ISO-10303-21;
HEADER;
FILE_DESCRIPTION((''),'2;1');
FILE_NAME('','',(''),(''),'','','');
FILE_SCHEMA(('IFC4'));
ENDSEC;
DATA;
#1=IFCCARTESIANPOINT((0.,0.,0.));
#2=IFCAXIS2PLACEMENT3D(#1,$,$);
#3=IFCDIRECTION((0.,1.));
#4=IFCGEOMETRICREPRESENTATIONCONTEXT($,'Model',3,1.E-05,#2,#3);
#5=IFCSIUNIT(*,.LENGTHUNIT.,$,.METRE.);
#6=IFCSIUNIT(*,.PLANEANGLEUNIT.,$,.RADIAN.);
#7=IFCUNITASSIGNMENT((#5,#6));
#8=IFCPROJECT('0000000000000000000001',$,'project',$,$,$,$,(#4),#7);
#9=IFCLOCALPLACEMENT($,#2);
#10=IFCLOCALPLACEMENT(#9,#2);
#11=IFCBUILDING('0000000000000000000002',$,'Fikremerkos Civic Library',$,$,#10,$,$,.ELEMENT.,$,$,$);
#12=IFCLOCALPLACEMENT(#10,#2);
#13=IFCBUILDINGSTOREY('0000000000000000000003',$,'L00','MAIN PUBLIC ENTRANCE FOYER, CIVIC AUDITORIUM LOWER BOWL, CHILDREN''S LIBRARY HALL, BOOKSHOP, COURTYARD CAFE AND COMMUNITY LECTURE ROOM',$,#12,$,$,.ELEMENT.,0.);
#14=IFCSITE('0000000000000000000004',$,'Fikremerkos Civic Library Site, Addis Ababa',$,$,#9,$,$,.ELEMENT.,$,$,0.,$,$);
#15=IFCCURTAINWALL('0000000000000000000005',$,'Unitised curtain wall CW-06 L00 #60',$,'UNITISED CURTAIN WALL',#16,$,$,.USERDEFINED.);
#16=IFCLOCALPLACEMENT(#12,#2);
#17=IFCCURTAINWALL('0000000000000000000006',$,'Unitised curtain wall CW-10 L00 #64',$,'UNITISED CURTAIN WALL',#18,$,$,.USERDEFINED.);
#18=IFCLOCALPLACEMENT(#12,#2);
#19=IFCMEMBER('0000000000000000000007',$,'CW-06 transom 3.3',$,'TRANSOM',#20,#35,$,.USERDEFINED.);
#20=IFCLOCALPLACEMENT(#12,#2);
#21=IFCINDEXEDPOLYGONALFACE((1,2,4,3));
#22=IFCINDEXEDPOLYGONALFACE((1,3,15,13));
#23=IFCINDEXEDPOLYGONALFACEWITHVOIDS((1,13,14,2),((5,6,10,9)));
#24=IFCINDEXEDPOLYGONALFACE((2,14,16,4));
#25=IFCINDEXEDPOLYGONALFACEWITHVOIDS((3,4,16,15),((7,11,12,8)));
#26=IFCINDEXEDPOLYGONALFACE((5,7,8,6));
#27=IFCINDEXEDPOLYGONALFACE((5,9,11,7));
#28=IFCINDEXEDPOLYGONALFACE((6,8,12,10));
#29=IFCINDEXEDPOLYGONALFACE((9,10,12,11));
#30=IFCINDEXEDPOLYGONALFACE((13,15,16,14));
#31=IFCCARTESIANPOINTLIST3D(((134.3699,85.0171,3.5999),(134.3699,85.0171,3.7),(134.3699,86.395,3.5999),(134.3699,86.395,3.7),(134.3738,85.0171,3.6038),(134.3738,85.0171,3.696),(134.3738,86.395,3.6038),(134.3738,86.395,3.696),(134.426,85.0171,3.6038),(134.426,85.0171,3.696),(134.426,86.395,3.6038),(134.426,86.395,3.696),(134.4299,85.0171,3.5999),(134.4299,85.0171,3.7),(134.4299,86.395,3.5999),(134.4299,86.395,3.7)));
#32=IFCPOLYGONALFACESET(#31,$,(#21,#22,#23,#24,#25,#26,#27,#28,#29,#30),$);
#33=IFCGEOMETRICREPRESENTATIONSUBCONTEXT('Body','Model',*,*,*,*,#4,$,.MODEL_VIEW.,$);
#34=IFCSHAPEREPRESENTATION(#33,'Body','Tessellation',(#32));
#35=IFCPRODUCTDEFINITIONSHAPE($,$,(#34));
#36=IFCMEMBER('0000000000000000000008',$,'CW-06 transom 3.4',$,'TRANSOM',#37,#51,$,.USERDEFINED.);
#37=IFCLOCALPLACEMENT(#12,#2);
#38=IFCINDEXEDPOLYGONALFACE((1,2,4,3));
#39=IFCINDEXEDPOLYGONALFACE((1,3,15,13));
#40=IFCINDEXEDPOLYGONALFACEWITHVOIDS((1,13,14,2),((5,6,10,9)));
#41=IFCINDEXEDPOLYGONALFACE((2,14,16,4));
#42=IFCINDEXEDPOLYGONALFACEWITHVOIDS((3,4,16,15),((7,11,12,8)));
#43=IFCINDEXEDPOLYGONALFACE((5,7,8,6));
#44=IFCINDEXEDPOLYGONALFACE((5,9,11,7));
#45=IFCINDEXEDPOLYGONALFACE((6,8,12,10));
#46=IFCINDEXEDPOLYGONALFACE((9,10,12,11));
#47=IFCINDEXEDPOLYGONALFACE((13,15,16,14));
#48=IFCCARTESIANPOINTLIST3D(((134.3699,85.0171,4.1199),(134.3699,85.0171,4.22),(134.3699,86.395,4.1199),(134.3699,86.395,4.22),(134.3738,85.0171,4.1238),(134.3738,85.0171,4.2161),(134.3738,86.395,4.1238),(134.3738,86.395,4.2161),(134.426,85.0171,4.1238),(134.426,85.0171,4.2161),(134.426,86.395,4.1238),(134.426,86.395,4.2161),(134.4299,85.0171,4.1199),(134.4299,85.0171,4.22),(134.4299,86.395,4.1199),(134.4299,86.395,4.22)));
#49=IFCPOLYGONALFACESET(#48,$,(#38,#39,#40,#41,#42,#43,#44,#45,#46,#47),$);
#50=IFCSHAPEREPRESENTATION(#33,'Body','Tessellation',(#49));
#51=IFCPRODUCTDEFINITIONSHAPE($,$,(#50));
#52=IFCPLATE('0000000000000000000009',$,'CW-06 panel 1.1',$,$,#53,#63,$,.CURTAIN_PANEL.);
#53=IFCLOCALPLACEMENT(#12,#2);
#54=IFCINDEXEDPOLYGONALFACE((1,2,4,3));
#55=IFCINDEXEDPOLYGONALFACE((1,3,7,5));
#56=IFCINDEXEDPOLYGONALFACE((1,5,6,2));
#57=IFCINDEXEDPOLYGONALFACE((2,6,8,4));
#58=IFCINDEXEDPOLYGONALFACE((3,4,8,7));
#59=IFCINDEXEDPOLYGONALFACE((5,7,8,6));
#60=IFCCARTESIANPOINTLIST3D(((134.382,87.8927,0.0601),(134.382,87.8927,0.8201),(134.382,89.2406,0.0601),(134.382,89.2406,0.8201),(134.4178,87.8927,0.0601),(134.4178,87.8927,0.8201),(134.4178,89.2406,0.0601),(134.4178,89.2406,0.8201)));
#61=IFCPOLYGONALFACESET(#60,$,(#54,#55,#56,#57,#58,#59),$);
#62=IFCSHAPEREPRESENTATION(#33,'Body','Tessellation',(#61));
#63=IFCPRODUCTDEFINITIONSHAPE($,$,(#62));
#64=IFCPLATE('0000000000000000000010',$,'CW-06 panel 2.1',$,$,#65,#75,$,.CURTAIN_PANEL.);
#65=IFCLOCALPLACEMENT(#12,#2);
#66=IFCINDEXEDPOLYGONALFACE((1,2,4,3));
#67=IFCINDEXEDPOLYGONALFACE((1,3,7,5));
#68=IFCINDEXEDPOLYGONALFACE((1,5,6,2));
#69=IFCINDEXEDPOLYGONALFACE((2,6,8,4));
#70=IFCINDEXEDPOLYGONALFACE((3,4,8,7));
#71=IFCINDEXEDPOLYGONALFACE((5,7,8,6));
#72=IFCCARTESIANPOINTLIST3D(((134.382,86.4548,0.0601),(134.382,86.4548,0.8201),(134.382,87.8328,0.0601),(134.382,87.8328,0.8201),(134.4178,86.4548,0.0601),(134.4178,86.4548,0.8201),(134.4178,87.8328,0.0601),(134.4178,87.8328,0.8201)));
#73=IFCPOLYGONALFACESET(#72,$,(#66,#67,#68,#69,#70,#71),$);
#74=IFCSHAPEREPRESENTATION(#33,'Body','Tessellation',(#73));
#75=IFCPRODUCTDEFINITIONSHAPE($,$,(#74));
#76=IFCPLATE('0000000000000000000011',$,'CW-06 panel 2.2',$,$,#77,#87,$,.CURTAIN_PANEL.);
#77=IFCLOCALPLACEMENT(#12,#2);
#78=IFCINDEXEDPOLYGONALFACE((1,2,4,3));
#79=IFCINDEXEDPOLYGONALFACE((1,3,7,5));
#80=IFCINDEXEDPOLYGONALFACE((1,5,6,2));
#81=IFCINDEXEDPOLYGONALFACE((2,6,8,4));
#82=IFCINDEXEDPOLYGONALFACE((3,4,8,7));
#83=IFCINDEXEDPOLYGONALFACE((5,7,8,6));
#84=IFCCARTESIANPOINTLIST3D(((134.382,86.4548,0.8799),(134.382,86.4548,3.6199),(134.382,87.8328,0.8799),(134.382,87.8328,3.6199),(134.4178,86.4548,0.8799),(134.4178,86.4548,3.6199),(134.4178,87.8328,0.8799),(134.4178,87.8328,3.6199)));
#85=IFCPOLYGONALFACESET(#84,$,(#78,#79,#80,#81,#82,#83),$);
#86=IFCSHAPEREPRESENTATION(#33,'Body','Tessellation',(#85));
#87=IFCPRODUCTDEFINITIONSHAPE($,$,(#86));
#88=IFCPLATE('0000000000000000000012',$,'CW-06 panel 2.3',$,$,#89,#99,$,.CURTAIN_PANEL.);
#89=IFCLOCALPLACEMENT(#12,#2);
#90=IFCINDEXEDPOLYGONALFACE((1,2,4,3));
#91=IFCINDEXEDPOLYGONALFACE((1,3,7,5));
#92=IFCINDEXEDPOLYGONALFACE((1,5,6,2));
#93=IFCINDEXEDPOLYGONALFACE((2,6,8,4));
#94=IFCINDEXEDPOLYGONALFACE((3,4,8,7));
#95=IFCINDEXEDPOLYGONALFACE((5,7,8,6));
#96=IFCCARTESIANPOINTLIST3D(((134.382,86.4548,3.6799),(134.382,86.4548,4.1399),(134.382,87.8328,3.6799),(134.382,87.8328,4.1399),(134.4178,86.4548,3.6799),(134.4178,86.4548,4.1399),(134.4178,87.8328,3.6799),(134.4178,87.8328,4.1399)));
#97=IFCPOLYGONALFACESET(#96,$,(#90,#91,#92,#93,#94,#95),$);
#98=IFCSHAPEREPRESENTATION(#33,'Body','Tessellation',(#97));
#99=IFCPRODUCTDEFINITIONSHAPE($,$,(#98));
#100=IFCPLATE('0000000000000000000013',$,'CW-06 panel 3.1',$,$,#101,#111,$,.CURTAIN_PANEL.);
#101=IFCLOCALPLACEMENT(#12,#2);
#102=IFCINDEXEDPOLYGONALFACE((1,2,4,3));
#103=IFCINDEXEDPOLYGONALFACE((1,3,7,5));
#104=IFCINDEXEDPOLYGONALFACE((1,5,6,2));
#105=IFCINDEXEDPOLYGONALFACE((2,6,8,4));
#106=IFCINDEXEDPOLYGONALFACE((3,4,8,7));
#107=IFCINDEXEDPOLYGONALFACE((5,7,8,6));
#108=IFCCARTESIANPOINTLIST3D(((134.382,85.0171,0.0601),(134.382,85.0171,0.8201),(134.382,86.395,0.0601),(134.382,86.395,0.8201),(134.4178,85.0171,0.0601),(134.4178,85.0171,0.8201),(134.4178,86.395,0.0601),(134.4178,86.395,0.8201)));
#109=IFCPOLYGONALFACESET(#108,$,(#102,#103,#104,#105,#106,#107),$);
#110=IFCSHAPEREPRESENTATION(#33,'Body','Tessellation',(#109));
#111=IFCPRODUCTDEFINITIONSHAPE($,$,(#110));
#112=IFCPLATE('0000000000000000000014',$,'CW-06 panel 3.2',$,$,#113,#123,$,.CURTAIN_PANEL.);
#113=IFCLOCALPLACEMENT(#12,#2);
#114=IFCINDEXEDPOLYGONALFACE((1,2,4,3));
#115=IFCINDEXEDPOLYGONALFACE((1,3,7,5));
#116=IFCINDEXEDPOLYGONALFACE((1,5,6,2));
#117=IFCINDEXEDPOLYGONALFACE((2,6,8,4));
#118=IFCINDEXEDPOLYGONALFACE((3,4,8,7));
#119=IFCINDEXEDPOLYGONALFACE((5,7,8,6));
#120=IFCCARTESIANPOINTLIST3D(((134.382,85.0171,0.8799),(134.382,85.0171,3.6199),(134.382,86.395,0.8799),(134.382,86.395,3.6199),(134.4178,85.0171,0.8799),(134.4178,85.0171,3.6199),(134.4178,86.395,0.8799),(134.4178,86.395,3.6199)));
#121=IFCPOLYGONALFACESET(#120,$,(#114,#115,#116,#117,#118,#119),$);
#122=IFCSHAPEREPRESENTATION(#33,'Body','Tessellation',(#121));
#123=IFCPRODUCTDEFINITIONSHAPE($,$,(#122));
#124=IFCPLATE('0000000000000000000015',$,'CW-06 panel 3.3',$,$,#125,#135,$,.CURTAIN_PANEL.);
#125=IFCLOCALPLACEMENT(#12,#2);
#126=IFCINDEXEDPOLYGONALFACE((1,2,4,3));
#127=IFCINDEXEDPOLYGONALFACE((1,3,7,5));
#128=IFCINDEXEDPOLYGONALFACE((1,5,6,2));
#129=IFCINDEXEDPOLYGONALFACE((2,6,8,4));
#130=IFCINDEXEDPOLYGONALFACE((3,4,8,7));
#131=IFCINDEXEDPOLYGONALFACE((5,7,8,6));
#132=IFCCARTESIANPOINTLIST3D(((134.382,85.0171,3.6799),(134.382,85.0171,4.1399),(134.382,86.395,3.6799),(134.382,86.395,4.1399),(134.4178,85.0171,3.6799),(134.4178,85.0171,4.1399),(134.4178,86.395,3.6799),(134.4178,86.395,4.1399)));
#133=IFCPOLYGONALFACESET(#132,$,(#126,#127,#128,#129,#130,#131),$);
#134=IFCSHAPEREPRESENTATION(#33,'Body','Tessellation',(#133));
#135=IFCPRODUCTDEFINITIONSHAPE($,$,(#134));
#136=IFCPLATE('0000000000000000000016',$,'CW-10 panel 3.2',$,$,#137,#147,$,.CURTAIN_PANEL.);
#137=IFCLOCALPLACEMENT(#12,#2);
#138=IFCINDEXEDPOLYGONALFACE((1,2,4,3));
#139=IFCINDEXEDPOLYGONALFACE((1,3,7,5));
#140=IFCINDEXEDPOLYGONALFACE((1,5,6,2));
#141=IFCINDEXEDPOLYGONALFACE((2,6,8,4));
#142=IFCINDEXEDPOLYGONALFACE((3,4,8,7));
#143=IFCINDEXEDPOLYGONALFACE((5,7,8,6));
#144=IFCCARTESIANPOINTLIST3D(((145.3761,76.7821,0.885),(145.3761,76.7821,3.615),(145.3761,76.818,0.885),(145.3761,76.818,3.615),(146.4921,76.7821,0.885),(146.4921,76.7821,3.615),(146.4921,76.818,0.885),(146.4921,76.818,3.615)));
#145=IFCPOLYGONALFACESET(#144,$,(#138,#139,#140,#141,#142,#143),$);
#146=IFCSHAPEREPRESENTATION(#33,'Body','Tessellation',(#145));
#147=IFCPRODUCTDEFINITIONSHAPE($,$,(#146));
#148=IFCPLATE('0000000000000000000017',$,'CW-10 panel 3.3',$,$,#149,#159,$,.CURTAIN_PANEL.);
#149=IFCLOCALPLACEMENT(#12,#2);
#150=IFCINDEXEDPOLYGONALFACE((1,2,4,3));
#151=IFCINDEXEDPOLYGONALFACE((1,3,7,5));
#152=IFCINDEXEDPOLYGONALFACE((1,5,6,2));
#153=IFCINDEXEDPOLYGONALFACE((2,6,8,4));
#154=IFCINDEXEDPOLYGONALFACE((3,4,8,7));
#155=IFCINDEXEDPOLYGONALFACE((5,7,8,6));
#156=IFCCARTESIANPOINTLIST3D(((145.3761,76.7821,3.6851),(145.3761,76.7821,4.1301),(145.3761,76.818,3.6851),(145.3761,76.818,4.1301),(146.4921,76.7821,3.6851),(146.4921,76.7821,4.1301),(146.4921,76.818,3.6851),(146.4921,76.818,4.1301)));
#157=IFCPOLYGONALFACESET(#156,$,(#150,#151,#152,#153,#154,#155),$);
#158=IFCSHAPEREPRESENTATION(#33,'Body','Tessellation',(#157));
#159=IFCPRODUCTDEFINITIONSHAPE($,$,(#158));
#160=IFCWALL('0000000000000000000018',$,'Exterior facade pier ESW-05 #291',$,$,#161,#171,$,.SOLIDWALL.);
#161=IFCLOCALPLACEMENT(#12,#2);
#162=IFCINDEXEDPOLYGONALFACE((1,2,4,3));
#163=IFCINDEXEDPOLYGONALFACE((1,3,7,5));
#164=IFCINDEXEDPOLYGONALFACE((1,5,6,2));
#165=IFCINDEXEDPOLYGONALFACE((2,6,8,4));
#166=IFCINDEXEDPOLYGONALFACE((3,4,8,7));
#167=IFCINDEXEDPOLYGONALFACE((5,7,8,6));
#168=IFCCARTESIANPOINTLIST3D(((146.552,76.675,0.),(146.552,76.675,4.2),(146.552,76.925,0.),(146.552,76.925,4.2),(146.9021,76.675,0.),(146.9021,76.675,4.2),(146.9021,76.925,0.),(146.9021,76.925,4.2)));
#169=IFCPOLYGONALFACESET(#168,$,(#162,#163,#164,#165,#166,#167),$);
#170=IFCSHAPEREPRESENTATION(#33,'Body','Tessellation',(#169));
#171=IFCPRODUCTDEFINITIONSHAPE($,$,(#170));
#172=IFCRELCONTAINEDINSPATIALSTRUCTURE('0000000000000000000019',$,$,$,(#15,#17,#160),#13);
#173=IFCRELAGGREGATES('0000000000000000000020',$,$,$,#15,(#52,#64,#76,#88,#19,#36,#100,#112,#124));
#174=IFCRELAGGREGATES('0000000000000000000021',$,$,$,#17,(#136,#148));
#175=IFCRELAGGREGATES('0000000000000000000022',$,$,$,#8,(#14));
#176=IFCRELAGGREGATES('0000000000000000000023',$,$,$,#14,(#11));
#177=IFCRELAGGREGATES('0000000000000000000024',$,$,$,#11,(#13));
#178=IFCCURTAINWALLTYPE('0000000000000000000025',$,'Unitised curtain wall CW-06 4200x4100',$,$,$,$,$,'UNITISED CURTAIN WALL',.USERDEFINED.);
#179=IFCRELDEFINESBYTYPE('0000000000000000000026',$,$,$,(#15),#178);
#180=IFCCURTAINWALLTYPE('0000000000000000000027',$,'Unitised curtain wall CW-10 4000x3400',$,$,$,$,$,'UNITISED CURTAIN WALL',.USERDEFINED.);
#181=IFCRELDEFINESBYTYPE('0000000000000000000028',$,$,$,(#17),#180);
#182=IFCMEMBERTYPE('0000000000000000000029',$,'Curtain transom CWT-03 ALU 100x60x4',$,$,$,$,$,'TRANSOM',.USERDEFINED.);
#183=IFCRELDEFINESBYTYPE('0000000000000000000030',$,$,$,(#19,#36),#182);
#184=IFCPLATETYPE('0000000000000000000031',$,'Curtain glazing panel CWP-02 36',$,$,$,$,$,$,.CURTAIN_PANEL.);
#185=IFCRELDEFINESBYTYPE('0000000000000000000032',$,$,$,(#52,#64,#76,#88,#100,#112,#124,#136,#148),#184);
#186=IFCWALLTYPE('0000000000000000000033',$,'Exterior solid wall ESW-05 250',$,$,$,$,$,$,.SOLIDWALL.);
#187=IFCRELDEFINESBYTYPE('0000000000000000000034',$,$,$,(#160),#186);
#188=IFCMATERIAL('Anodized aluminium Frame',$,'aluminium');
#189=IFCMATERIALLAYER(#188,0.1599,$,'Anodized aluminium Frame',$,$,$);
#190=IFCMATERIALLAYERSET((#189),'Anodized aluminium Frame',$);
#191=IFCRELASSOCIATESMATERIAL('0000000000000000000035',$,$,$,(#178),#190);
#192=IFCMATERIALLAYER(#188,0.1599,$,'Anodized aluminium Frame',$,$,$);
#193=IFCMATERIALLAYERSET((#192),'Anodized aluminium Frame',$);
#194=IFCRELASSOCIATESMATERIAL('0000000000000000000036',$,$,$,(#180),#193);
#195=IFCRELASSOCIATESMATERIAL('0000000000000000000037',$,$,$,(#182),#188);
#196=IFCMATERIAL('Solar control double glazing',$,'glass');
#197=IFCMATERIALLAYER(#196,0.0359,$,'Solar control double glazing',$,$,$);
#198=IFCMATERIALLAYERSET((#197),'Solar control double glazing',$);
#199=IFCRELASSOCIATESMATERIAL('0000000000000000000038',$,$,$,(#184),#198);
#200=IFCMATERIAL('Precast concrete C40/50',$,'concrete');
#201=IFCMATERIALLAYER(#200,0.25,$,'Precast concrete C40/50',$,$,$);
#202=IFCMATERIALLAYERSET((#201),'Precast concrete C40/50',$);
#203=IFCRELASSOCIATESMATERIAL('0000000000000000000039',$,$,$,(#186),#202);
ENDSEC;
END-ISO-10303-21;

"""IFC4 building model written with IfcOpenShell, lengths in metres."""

from ifc_helpers import new_model, si_unit, direction, frame, frame_2d, origin, origin_2d, place, context, subcontext, project, spatial, rectangle, hollow_rectangle, extrude, material, layer, layer_set, material_profile, profile_set, type_object, element, aggregate, save


model = new_model("IFC4")

# Units and contexts
model_context = context("Model", 3, precision=1e-05, world=origin(), true_north=direction((0.0, 1.0)))
body_context = subcontext(model_context, "Body", "Model", "MODEL_VIEW")
ifc_project = project(units=[si_unit("LENGTHUNIT", "METRE"), si_unit("PLANEANGLEUNIT", "RADIAN")], contexts=[model_context])

# Site, building, storey
site_placement = place(None, origin())
site = spatial("IfcSite", under=ifc_project, at=site_placement, Name="Fikremerkos Civic Library Site, Addis Ababa", CompositionType="ELEMENT", RefElevation=0.0)
building_placement = place(site_placement, origin())
building = spatial("IfcBuilding", under=site, at=building_placement, Name="Fikremerkos Civic Library", CompositionType="ELEMENT")
storey_placement = place(building_placement, origin())
storey = spatial("IfcBuildingStorey", under=building, at=storey_placement, Name="L00", Description="MAIN PUBLIC ENTRANCE FOYER, CIVIC AUDITORIUM LOWER BOWL, CHILDREN'S LIBRARY HALL, BOOKSHOP, COURTYARD CAFE AND COMMUNITY LECTURE ROOM", CompositionType="ELEMENT", Elevation=0.0)

# Curtain wall
ifc_material_1 = material(Name="Anodized aluminium Frame", Category="aluminium")
ifc_layer_1 = layer(ifc_material_1, 0.1599, Name="Anodized aluminium Frame")
ifc_layer_set_1 = layer_set([ifc_layer_1], Name="Anodized aluminium Frame")
curtain_wall_type_1 = type_object("IfcCurtainWallType", Name="Unitised curtain wall CW-06 4200x4100", ElementType="UNITISED CURTAIN WALL", PredefinedType="USERDEFINED", material=ifc_layer_set_1)
curtain_wall_1_placement = place(storey_placement, origin())
curtain_wall_1 = element("IfcCurtainWall", 1, at=curtain_wall_1_placement, inside=storey, type_object=curtain_wall_type_1, Name="Unitised curtain wall CW-06 L00 #60", ObjectType="UNITISED CURTAIN WALL", PredefinedType="USERDEFINED")

# Curtain wall
ifc_layer_2 = layer(ifc_material_1, 0.1599, Name="Anodized aluminium Frame")
ifc_layer_set_2 = layer_set([ifc_layer_2], Name="Anodized aluminium Frame")
curtain_wall_type_2 = type_object("IfcCurtainWallType", Name="Unitised curtain wall CW-10 4000x3400", ElementType="UNITISED CURTAIN WALL", PredefinedType="USERDEFINED", material=ifc_layer_set_2)
curtain_wall_2_placement = place(storey_placement, origin())
curtain_wall_2 = element("IfcCurtainWall", 2, at=curtain_wall_2_placement, inside=storey, type_object=curtain_wall_type_2, Name="Unitised curtain wall CW-10 L00 #64", ObjectType="UNITISED CURTAIN WALL", PredefinedType="USERDEFINED")

# Members
ifc_material_profile_1 = material_profile(ifc_material_1, hollow_rectangle(XDim=0.0601, YDim=0.1001, WallThickness=0.0039, at=origin_2d()), Name="ALU 100x60x4")
ifc_profile_set_1 = profile_set([ifc_material_profile_1], Name="Anodized aluminium Frame")
member_type_1 = type_object("IfcMemberType", Name="Curtain transom CWT-03 ALU 100x60x4", ElementType="TRANSOM", PredefinedType="USERDEFINED", material=ifc_profile_set_1)
member_1_placement = place(storey_placement, frame((134.3999, 86.395, 3.6499), z_axis=(0.0, -1.0, 0.0), x_axis=(1.0, 0.0, 0.0)))
member_1 = element("IfcMember", 3, at=member_1_placement, type_object=member_type_1, Name="CW-06 transom 3.3", ObjectType="TRANSOM", PredefinedType="USERDEFINED", context=body_context, shape_type="SweptSolid", body=[
    extrude(hollow_rectangle(XDim=0.0601, YDim=0.1001, WallThickness=0.0039, at=origin_2d()), origin(), (0.0, 0.0, 1.0), 1.3779),
])
member_2_placement = place(storey_placement, frame((134.3999, 86.395, 4.1699), z_axis=(0.0, -1.0, 0.0), x_axis=(1.0, 0.0, 0.0)))
member_2 = element("IfcMember", 4, at=member_2_placement, type_object=member_type_1, Name="CW-06 transom 3.4", ObjectType="TRANSOM", PredefinedType="USERDEFINED", context=body_context, shape_type="SweptSolid", body=[
    extrude(hollow_rectangle(XDim=0.0601, YDim=0.1001, WallThickness=0.0039, at=origin_2d()), origin(), (0.0, 0.0, 1.0), 1.3779),
])

# Plates
ifc_material_2 = material(Name="Solar control double glazing", Category="glass")
ifc_layer_3 = layer(ifc_material_2, 0.0359, Name="Solar control double glazing")
ifc_layer_set_3 = layer_set([ifc_layer_3], Name="Solar control double glazing")
plate_type = type_object("IfcPlateType", Name="Curtain glazing panel CWP-02 36", PredefinedType="CURTAIN_PANEL", material=ifc_layer_set_3)
plate_1_placement = place(storey_placement, frame((134.3999, 88.5667, 0.0601), z_axis=(0.0, 0.0, 1.0), x_axis=(0.0, -1.0, 0.0)))
plate_1 = element("IfcPlate", 5, at=plate_1_placement, type_object=plate_type, Name="CW-06 panel 1.1", PredefinedType="CURTAIN_PANEL", context=body_context, shape_type="SweptSolid", body=[
    extrude(rectangle(XDim=1.3479, YDim=0.0359, at=origin_2d()), origin(), (0.0, 0.0, 1.0), 0.76),
])
plate_2_placement = place(storey_placement, frame((134.3999, 87.1438, 0.0601), z_axis=(0.0, 0.0, 1.0), x_axis=(0.0, -1.0, 0.0)))
plate_2 = element("IfcPlate", 6, at=plate_2_placement, type_object=plate_type, Name="CW-06 panel 2.1", PredefinedType="CURTAIN_PANEL", context=body_context, shape_type="SweptSolid", body=[
    extrude(rectangle(XDim=1.3779, YDim=0.0359, at=origin_2d()), origin(), (0.0, 0.0, 1.0), 0.76),
])
plate_3_placement = place(storey_placement, frame((134.3999, 87.1438, 0.8799), z_axis=(0.0, 0.0, 1.0), x_axis=(0.0, -1.0, 0.0)))
plate_3 = element("IfcPlate", 7, at=plate_3_placement, type_object=plate_type, Name="CW-06 panel 2.2", PredefinedType="CURTAIN_PANEL", context=body_context, shape_type="SweptSolid", body=[
    extrude(rectangle(XDim=1.3779, YDim=0.0359, at=origin_2d()), origin(), (0.0, 0.0, 1.0), 2.74),
])
plate_4_placement = place(storey_placement, frame((134.3999, 87.1438, 3.6799), z_axis=(0.0, 0.0, 1.0), x_axis=(0.0, -1.0, 0.0)))
plate_4 = element("IfcPlate", 8, at=plate_4_placement, type_object=plate_type, Name="CW-06 panel 2.3", PredefinedType="CURTAIN_PANEL", context=body_context, shape_type="SweptSolid", body=[
    extrude(rectangle(XDim=1.3779, YDim=0.0359, at=origin_2d()), origin(), (0.0, 0.0, 1.0), 0.46),
])
plate_5_placement = place(storey_placement, frame((134.3999, 85.7061, 0.0601), z_axis=(0.0, 0.0, 1.0), x_axis=(0.0, -1.0, 0.0)))
plate_5 = element("IfcPlate", 9, at=plate_5_placement, type_object=plate_type, Name="CW-06 panel 3.1", PredefinedType="CURTAIN_PANEL", context=body_context, shape_type="SweptSolid", body=[
    extrude(rectangle(XDim=1.3779, YDim=0.0359, at=origin_2d()), origin(), (0.0, 0.0, 1.0), 0.76),
])
plate_6_placement = place(storey_placement, frame((134.3999, 85.7061, 0.8799), z_axis=(0.0, 0.0, 1.0), x_axis=(0.0, -1.0, 0.0)))
plate_6 = element("IfcPlate", 10, at=plate_6_placement, type_object=plate_type, Name="CW-06 panel 3.2", PredefinedType="CURTAIN_PANEL", context=body_context, shape_type="SweptSolid", body=[
    extrude(rectangle(XDim=1.3779, YDim=0.0359, at=origin_2d()), origin(), (0.0, 0.0, 1.0), 2.74),
])
plate_7_placement = place(storey_placement, frame((134.3999, 85.7061, 3.6799), z_axis=(0.0, 0.0, 1.0), x_axis=(0.0, -1.0, 0.0)))
plate_7 = element("IfcPlate", 11, at=plate_7_placement, type_object=plate_type, Name="CW-06 panel 3.3", PredefinedType="CURTAIN_PANEL", context=body_context, shape_type="SweptSolid", body=[
    extrude(rectangle(XDim=1.3779, YDim=0.0359, at=origin_2d()), origin(), (0.0, 0.0, 1.0), 0.46),
])
aggregate(curtain_wall_1, [plate_1, plate_2, plate_3, plate_4, member_1, member_2, plate_5, plate_6, plate_7])
plate_8_placement = place(storey_placement, frame((145.9341, 76.8, 0.885), z_axis=(0.0, 0.0, 1.0), x_axis=(1.0, 0.0, 0.0)))
plate_8 = element("IfcPlate", 12, at=plate_8_placement, type_object=plate_type, Name="CW-10 panel 3.2", PredefinedType="CURTAIN_PANEL", context=body_context, shape_type="SweptSolid", body=[
    extrude(rectangle(XDim=1.116, YDim=0.0359, at=origin_2d()), origin(), (0.0, 0.0, 1.0), 2.73),
])
plate_9_placement = place(storey_placement, frame((145.9341, 76.8, 3.6851), z_axis=(0.0, 0.0, 1.0), x_axis=(1.0, 0.0, 0.0)))
plate_9 = element("IfcPlate", 13, at=plate_9_placement, type_object=plate_type, Name="CW-10 panel 3.3", PredefinedType="CURTAIN_PANEL", context=body_context, shape_type="SweptSolid", body=[
    extrude(rectangle(XDim=1.116, YDim=0.0359, at=origin_2d()), origin(), (0.0, 0.0, 1.0), 0.4451),
])
aggregate(curtain_wall_2, [plate_8, plate_9])

# Wall
ifc_material_3 = material(Name="Precast concrete C40/50", Category="concrete")
ifc_layer_4 = layer(ifc_material_3, 0.25, Name="Precast concrete C40/50")
ifc_layer_set_4 = layer_set([ifc_layer_4], Name="Precast concrete C40/50")
wall_type = type_object("IfcWallType", Name="Exterior solid wall ESW-05 250", PredefinedType="SOLIDWALL", material=ifc_layer_set_4)
wall_placement = place(storey_placement, frame((146.552, 76.8, 0.0), z_axis=(0.0, 0.0, 1.0), x_axis=(1.0, 0.0, 0.0)))
element("IfcWall", 14, at=wall_placement, inside=storey, type_object=wall_type, Name="Exterior facade pier ESW-05 #291", PredefinedType="SOLIDWALL", context=body_context, shape_type="SweptSolid", body=[
    extrude(rectangle(XDim=0.3501, YDim=0.25, at=frame_2d((0.175, 0.0))), origin(), (0.0, 0.0, 1.0), 4.2),
])

save(model, "model.ifc")
